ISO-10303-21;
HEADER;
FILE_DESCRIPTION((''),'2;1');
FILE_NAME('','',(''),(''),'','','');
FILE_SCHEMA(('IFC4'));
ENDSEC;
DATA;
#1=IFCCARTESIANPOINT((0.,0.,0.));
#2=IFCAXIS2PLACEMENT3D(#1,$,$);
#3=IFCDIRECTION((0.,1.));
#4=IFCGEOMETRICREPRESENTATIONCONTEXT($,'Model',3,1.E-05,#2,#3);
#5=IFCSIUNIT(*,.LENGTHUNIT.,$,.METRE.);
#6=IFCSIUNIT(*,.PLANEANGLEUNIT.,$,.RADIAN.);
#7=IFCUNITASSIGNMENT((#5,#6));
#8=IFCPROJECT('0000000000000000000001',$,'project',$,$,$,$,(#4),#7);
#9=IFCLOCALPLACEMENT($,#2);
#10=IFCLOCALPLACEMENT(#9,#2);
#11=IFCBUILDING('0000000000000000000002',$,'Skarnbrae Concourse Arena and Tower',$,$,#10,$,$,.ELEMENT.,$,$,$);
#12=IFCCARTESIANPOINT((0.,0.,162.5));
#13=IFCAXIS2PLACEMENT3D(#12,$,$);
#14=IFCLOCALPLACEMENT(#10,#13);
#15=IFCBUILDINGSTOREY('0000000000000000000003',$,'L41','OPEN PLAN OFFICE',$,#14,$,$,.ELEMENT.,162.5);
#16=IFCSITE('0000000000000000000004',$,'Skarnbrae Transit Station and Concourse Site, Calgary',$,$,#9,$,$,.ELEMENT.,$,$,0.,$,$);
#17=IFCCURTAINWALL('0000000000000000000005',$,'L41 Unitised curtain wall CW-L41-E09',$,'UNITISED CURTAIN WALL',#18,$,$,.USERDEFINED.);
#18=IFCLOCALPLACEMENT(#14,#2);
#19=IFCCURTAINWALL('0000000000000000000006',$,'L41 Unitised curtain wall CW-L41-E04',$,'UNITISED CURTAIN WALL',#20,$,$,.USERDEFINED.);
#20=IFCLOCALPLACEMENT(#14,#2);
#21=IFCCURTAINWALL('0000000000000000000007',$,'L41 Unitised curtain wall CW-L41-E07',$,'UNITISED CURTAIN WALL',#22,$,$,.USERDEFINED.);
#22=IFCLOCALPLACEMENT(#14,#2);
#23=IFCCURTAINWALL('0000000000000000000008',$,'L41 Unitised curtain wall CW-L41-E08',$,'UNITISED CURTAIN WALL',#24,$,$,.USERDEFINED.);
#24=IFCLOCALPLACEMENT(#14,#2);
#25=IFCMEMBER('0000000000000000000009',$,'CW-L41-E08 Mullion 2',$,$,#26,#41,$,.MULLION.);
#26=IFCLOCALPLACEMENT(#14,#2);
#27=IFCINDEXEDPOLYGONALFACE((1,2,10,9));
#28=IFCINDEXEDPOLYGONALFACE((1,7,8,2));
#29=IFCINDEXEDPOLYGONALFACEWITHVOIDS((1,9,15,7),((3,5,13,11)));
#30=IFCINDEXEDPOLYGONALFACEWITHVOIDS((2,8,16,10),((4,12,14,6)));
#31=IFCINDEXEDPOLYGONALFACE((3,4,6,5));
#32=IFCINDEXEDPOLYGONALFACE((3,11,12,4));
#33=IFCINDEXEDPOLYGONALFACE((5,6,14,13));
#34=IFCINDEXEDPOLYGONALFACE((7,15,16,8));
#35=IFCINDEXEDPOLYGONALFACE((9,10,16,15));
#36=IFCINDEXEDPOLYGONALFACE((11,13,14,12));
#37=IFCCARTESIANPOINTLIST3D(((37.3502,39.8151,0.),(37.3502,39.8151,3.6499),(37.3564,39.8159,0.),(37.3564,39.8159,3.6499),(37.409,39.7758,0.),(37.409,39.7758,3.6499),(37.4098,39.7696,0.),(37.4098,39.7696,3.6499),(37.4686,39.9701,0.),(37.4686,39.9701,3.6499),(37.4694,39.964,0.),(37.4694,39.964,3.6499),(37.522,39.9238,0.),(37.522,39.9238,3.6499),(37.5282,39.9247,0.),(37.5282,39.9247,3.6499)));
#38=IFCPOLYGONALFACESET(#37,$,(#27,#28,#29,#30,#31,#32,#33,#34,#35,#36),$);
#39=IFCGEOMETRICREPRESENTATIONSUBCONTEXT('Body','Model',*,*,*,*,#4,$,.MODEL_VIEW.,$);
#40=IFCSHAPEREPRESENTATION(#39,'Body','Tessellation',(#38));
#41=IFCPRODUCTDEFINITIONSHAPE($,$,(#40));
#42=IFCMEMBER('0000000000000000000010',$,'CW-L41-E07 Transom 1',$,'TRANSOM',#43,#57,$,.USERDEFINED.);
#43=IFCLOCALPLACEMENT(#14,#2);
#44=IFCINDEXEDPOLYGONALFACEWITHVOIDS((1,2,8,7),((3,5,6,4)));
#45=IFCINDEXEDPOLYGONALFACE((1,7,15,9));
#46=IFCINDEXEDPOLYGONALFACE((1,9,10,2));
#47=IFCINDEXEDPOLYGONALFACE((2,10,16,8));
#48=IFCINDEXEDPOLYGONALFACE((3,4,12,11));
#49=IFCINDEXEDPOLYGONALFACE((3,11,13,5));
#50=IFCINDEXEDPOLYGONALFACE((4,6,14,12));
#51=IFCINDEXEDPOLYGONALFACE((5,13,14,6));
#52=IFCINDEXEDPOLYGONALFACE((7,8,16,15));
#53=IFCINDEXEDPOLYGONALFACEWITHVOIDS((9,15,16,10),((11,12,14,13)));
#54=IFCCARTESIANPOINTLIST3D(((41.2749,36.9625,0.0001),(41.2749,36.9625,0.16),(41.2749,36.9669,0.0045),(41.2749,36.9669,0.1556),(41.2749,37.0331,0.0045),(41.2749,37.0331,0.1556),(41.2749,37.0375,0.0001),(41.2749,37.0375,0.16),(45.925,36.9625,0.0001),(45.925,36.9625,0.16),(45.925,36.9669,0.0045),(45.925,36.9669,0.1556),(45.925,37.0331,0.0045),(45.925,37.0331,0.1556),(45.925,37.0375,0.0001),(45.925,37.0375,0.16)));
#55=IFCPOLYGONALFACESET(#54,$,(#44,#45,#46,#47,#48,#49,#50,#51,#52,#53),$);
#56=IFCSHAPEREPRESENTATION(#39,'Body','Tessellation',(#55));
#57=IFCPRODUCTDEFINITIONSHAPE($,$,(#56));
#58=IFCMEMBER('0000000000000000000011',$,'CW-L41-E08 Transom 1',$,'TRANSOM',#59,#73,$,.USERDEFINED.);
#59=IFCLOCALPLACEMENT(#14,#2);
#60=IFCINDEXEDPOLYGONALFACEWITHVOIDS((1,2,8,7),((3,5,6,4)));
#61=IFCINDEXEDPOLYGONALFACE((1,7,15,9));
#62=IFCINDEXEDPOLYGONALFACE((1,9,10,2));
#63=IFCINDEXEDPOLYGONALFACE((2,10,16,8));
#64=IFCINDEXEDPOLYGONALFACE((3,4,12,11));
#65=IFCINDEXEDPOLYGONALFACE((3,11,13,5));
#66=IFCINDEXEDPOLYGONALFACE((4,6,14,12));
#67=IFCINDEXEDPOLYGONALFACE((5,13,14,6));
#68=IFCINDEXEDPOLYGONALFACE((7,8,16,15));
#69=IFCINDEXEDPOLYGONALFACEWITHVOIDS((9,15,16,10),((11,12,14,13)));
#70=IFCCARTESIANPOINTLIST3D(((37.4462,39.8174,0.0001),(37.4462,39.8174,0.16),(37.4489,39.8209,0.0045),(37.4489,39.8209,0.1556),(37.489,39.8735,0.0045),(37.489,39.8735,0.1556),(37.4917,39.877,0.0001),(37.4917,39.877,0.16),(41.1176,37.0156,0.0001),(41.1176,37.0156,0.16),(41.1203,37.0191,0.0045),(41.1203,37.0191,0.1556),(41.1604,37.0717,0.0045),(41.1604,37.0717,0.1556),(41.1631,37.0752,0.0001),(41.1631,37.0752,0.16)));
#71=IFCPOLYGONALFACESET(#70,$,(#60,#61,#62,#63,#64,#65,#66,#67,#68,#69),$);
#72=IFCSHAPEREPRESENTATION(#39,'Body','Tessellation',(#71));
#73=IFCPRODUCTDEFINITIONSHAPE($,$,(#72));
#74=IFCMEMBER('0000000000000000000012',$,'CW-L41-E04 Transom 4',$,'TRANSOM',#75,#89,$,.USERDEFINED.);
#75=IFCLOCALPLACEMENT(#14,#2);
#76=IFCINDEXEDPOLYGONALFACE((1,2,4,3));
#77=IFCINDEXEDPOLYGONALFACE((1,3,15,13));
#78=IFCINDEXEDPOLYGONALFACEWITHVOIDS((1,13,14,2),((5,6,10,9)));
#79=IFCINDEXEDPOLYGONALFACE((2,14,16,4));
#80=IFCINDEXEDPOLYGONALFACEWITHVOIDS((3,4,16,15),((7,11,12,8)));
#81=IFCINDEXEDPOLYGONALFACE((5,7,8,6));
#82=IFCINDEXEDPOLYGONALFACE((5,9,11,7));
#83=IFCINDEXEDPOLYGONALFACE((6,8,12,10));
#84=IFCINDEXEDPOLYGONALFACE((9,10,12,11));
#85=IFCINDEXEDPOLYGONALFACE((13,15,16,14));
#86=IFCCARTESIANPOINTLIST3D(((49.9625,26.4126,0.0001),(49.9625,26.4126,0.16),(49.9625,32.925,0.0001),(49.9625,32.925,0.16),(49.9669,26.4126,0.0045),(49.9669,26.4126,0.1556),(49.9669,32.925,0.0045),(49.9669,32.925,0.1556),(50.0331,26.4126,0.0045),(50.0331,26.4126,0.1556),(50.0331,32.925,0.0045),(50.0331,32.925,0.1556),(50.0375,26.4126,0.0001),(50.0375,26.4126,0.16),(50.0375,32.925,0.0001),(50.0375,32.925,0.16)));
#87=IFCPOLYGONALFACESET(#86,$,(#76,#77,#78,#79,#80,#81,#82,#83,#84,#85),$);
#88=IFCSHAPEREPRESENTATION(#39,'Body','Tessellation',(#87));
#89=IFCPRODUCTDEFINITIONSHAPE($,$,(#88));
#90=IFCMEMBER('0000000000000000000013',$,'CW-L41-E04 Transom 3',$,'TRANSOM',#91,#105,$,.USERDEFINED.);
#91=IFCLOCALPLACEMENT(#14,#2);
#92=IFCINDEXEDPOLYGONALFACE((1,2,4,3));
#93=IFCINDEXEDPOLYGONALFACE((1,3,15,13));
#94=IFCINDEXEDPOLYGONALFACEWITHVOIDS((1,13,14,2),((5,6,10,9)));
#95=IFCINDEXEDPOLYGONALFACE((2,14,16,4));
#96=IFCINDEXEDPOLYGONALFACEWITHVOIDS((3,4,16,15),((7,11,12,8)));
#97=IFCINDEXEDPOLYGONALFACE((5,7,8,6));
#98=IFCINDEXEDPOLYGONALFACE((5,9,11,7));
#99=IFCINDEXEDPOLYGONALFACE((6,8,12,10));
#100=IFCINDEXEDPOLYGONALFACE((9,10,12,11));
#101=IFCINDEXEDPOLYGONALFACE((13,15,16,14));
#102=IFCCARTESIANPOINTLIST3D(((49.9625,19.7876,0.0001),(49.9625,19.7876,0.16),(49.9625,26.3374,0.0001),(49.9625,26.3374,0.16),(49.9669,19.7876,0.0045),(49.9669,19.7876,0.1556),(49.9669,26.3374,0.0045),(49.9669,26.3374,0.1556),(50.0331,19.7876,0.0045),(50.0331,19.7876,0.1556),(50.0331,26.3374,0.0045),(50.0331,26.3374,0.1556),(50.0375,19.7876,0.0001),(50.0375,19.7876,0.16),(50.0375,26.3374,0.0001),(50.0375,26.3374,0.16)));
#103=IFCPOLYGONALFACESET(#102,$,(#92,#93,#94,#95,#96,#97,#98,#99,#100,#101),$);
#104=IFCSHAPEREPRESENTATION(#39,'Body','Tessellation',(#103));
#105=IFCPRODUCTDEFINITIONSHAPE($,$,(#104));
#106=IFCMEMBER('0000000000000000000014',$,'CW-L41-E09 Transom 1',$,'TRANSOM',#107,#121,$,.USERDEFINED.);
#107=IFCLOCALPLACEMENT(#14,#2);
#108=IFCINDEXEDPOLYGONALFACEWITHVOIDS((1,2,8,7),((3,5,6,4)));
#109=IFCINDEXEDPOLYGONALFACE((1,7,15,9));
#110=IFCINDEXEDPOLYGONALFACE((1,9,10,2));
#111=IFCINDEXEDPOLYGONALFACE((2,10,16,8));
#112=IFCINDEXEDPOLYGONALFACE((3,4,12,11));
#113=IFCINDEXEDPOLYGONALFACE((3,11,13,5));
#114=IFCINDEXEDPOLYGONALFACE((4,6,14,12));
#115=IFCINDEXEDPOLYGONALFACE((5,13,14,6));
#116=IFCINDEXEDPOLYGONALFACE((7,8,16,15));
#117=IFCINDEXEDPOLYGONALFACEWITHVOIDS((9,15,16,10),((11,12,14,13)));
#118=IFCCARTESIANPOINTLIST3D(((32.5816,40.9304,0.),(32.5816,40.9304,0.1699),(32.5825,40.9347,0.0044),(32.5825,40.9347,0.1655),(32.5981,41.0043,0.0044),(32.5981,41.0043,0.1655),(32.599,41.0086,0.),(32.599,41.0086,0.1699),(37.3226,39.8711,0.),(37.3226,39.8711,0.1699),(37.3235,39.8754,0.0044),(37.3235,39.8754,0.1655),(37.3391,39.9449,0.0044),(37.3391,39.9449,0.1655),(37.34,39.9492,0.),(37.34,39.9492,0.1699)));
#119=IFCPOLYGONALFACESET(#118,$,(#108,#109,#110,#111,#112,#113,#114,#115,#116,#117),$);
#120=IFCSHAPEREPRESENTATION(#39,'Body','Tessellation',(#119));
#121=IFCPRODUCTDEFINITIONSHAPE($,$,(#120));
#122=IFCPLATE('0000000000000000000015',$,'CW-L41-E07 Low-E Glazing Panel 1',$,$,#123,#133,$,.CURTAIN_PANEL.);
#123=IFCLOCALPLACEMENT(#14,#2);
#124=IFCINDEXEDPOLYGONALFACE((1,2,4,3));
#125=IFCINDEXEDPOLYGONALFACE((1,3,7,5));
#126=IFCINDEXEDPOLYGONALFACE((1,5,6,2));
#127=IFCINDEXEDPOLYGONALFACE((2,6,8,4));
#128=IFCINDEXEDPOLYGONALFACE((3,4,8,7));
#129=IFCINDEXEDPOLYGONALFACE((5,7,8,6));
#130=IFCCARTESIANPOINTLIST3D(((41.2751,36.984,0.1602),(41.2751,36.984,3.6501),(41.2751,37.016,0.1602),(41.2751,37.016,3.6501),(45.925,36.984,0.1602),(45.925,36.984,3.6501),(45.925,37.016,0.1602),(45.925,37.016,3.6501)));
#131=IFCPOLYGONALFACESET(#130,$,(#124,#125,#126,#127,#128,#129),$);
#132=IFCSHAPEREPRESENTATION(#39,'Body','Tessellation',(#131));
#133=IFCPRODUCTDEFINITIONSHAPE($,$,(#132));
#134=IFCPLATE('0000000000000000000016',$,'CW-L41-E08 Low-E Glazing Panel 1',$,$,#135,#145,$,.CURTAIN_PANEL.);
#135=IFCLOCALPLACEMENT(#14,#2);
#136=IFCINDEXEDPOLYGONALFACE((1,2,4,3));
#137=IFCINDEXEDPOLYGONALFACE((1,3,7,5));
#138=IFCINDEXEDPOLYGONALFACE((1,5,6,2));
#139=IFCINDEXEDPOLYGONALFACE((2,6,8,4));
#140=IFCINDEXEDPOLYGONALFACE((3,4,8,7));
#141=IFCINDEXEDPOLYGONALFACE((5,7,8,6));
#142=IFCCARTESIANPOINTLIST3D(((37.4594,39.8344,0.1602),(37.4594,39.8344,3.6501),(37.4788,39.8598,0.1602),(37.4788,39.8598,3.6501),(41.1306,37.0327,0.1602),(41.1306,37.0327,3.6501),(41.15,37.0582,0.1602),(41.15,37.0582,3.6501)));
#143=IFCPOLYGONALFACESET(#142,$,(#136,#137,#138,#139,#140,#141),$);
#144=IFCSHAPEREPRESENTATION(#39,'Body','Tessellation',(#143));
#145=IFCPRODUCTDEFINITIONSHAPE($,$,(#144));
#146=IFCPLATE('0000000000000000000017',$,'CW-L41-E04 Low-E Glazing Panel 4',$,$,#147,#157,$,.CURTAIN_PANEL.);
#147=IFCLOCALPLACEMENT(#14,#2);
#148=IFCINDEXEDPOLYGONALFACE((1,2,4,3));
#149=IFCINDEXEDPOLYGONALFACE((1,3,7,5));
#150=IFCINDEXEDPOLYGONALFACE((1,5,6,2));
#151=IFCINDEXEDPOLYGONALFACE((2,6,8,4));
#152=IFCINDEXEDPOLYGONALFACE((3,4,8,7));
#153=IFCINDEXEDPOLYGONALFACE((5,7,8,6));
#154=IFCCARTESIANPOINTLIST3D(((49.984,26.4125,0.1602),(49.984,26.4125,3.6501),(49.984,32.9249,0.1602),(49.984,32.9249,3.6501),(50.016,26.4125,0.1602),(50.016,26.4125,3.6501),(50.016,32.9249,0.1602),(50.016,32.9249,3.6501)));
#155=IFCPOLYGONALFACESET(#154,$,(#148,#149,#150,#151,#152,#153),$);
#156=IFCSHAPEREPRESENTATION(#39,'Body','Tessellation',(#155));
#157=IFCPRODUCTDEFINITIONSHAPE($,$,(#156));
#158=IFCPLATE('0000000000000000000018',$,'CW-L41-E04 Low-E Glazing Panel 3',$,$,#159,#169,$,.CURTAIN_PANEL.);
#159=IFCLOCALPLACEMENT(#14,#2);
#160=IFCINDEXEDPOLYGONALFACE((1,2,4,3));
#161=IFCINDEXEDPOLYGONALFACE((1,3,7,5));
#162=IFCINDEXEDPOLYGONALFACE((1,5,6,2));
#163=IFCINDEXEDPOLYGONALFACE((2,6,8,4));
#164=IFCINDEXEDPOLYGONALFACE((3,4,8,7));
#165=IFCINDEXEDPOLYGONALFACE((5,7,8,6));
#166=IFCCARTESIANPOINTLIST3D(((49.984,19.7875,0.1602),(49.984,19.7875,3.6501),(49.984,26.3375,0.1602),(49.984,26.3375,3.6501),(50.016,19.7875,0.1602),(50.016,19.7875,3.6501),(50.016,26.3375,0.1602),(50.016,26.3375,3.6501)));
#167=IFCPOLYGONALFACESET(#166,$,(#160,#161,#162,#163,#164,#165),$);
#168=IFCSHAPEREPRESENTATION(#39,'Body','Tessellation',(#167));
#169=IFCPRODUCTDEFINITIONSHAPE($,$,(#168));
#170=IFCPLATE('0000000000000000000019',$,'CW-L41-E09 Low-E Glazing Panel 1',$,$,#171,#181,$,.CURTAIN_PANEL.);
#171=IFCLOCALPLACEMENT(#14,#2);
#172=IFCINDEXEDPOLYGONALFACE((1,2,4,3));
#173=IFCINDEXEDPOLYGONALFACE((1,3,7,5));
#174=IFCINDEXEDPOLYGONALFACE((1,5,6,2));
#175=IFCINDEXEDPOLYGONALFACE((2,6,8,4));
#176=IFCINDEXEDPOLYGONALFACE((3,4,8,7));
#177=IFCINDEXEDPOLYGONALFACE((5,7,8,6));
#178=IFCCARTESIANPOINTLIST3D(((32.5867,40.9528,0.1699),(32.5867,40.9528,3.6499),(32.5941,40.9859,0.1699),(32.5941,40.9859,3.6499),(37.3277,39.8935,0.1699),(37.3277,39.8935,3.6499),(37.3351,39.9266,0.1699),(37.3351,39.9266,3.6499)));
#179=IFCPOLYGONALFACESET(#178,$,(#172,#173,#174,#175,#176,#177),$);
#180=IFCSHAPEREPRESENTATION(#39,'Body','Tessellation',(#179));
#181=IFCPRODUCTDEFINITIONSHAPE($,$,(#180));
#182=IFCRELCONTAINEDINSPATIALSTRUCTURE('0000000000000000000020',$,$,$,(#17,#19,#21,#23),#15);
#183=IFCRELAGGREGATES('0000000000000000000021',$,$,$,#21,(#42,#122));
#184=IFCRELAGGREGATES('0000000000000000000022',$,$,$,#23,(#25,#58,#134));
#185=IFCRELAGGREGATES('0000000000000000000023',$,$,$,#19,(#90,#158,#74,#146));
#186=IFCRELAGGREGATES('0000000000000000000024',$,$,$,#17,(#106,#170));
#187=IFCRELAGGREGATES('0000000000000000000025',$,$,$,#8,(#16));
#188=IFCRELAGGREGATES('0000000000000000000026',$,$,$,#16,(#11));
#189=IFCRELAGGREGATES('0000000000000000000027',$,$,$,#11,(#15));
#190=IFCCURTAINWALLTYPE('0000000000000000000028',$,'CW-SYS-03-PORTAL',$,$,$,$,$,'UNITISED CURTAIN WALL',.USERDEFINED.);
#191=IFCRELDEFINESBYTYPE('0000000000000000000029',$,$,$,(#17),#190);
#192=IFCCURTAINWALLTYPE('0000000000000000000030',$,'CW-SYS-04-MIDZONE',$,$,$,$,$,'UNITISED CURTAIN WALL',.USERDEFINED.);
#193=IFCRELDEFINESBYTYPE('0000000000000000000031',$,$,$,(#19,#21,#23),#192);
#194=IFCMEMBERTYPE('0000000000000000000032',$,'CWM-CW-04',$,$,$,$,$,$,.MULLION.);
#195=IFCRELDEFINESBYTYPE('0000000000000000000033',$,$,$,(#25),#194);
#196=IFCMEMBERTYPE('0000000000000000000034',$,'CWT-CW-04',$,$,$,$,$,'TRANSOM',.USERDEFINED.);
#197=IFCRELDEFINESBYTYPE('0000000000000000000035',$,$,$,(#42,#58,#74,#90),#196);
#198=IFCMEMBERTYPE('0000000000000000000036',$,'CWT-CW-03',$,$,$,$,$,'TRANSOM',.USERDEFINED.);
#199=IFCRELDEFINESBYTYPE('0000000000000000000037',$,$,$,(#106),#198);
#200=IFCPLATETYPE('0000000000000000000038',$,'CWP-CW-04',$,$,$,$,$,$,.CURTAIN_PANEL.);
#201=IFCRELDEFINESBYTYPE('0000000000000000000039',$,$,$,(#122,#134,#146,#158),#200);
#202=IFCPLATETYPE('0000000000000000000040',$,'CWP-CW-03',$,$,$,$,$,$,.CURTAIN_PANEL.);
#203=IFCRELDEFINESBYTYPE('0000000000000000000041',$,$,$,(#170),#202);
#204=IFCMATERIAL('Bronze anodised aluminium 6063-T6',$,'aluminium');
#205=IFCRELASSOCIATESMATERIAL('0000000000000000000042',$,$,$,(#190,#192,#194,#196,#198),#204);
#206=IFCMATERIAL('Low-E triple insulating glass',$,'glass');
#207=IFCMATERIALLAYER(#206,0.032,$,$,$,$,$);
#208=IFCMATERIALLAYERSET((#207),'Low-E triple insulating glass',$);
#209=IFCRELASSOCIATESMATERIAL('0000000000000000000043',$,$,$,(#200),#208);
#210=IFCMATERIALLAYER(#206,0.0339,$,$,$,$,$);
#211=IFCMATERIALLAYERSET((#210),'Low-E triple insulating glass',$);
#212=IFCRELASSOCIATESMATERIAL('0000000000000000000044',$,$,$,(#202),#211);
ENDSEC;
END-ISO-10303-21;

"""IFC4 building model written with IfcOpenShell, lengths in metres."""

from ifc_helpers import new_model, si_unit, direction, frame, origin, origin_2d, place, context, subcontext, project, spatial, rectangle, hollow_rectangle, extrude, source, transform, mapped, material, layer, layer_set, material_profile, profile_set, type_object, element, aggregate, save


model = new_model("IFC4")

# Units and contexts
model_context = context("Model", 3, precision=1e-05, world=origin(), true_north=direction((0.0, 1.0)))
body_context = subcontext(model_context, "Body", "Model", "MODEL_VIEW")
ifc_project = project(units=[si_unit("LENGTHUNIT", "METRE"), si_unit("PLANEANGLEUNIT", "RADIAN")], contexts=[model_context])

# Site, building, storey
site_placement = place(None, origin())
site = spatial("IfcSite", under=ifc_project, at=site_placement, Name="Skarnbrae Transit Station and Concourse Site, Calgary", CompositionType="ELEMENT", RefElevation=0.0)
building_placement = place(site_placement, origin())
building = spatial("IfcBuilding", under=site, at=building_placement, Name="Skarnbrae Concourse Arena and Tower", CompositionType="ELEMENT")
storey_placement = place(building_placement, frame((0.0, 0.0, 162.5)))
storey = spatial("IfcBuildingStorey", under=building, at=storey_placement, Name="L41", Description="OPEN PLAN OFFICE", CompositionType="ELEMENT", Elevation=162.5)

# Curtain wall
ifc_material_1 = material(Name="Bronze anodised aluminium 6063-T6", Category="aluminium")
curtain_wall_type_1 = type_object("IfcCurtainWallType", Name="CW-SYS-03-PORTAL", ElementType="UNITISED CURTAIN WALL", PredefinedType="USERDEFINED", material=ifc_material_1)
curtain_wall_1_placement = place(storey_placement, origin())
curtain_wall_1 = element("IfcCurtainWall", 1, at=curtain_wall_1_placement, inside=storey, type_object=curtain_wall_type_1, Name="L41 Unitised curtain wall CW-L41-E09", ObjectType="UNITISED CURTAIN WALL", PredefinedType="USERDEFINED")

# Curtain walls, member
curtain_wall_type_2 = type_object("IfcCurtainWallType", Name="CW-SYS-04-MIDZONE", ElementType="UNITISED CURTAIN WALL", PredefinedType="USERDEFINED", material=ifc_material_1)
curtain_wall_2_placement = place(storey_placement, origin())
curtain_wall_2 = element("IfcCurtainWall", 2, at=curtain_wall_2_placement, inside=storey, type_object=curtain_wall_type_2, Name="L41 Unitised curtain wall CW-L41-E04", ObjectType="UNITISED CURTAIN WALL", PredefinedType="USERDEFINED")
ifc_material_profile_1 = material_profile(ifc_material_1, hollow_rectangle(XDim=0.075, YDim=0.1951, WallThickness=0.0044, at=origin_2d()), Name="ALU-MULL-75X195")
ifc_profile_set_1 = profile_set([ifc_material_profile_1], Name="Bronze anodised aluminium 6063-T6")
member_type_1 = type_object("IfcMemberType", Name="CWM-CW-04", PredefinedType="MULLION", material=ifc_profile_set_1)
shared_shape_1 = source(origin(), body_context, "Body", "SweptSolid", [
    extrude(hollow_rectangle(XDim=0.075, YDim=0.1951, WallThickness=0.0044, at=origin_2d()), origin(), (0.0, 0.0, 1.0), 3.6499),
])
curtain_wall_3_placement = place(storey_placement, origin())
curtain_wall_3 = element("IfcCurtainWall", 3, at=curtain_wall_3_placement, inside=storey, type_object=curtain_wall_type_2, Name="L41 Unitised curtain wall CW-L41-E07", ObjectType="UNITISED CURTAIN WALL", PredefinedType="USERDEFINED")
curtain_wall_4_placement = place(storey_placement, origin())
curtain_wall_4 = element("IfcCurtainWall", 4, at=curtain_wall_4_placement, inside=storey, type_object=curtain_wall_type_2, Name="L41 Unitised curtain wall CW-L41-E08", ObjectType="UNITISED CURTAIN WALL", PredefinedType="USERDEFINED")
member_1_placement = place(storey_placement, frame((37.4392, 39.8699, 0.0), z_axis=(0.0, 0.0, 1.0), x_axis=(-0.794956, 0.606667, 0.0)))
member_1 = element("IfcMember", 5, at=member_1_placement, type_object=member_type_1, Name="CW-L41-E08 Mullion 2", PredefinedType="MULLION", context=body_context, shape_type="MappedRepresentation", body=[
    mapped(shared_shape_1, transform((0.0, 0.0, 0.0))),
])

# Members
ifc_material_profile_2 = material_profile(ifc_material_1, hollow_rectangle(XDim=0.075, YDim=0.1599, WallThickness=0.0044, at=origin_2d()), Name="ALU-TRAN-75X160")
ifc_profile_set_2 = profile_set([ifc_material_profile_2], Name="Bronze anodised aluminium 6063-T6")
member_type_2 = type_object("IfcMemberType", Name="CWT-CW-04", ElementType="TRANSOM", PredefinedType="USERDEFINED", material=ifc_profile_set_2)
shared_shape_2 = source(origin(), body_context, "Body", "SweptSolid", [
    extrude(hollow_rectangle(XDim=0.075, YDim=0.1599, WallThickness=0.0044, at=origin_2d()), origin(), (0.0, 0.0, 1.0), 4.6501),
])
member_2_placement = place(storey_placement, frame((45.925, 37.0, 0.0801), z_axis=(-1.0, 0.0, 0.0), x_axis=(0.0, -1.0, 0.0)))
member_2 = element("IfcMember", 6, at=member_2_placement, type_object=member_type_2, Name="CW-L41-E07 Transom 1", ObjectType="TRANSOM", PredefinedType="USERDEFINED", context=body_context, shape_type="MappedRepresentation", body=[
    mapped(shared_shape_2, transform((0.0, 0.0, 0.0))),
])
shared_shape_3 = source(origin(), body_context, "Body", "SweptSolid", [
    extrude(hollow_rectangle(XDim=0.075, YDim=0.1599, WallThickness=0.0044, at=origin_2d()), origin(), (0.0, 0.0, 1.0), 4.6184),
])
member_3_placement = place(storey_placement, frame((41.1404, 37.0454, 0.0801), z_axis=(-0.794961, 0.606661, 0.0), x_axis=(-0.606661, -0.794961, 0.0)))
member_3 = element("IfcMember", 7, at=member_3_placement, type_object=member_type_2, Name="CW-L41-E08 Transom 1", ObjectType="TRANSOM", PredefinedType="USERDEFINED", context=body_context, shape_type="MappedRepresentation", body=[
    mapped(shared_shape_3, transform((0.0, 0.0, 0.0))),
])
shared_shape_4 = source(origin(), body_context, "Body", "SweptSolid", [
    extrude(hollow_rectangle(XDim=0.075, YDim=0.1599, WallThickness=0.0044, at=origin_2d()), origin(), (0.0, 0.0, 1.0), 6.5125),
])
member_4_placement = place(storey_placement, frame((50.0, 26.4126, 0.0801), z_axis=(0.0, 1.0, 0.0), x_axis=(-1.0, 0.0, 0.0)))
member_4 = element("IfcMember", 8, at=member_4_placement, type_object=member_type_2, Name="CW-L41-E04 Transom 4", ObjectType="TRANSOM", PredefinedType="USERDEFINED", context=body_context, shape_type="MappedRepresentation", body=[
    mapped(shared_shape_4, transform((0.0, 0.0, 0.0))),
])
shared_shape_5 = source(origin(), body_context, "Body", "SweptSolid", [
    extrude(hollow_rectangle(XDim=0.075, YDim=0.1599, WallThickness=0.0044, at=origin_2d()), origin(), (0.0, 0.0, 1.0), 6.5498),
])
member_5_placement = place(storey_placement, frame((50.0, 19.7876, 0.0801), z_axis=(0.0, 1.0, 0.0), x_axis=(-1.0, 0.0, 0.0)))
member_5 = element("IfcMember", 9, at=member_5_placement, type_object=member_type_2, Name="CW-L41-E04 Transom 3", ObjectType="TRANSOM", PredefinedType="USERDEFINED", context=body_context, shape_type="MappedRepresentation", body=[
    mapped(shared_shape_5, transform((0.0, 0.0, 0.0))),
])
ifc_material_profile_3 = material_profile(ifc_material_1, hollow_rectangle(XDim=0.0801, YDim=0.1699, WallThickness=0.0044, at=origin_2d()), Name="ALU-TRAN-80X170")
ifc_profile_set_3 = profile_set([ifc_material_profile_3], Name="Bronze anodised aluminium 6063-T6")
member_type_3 = type_object("IfcMemberType", Name="CWT-CW-03", ElementType="TRANSOM", PredefinedType="USERDEFINED", material=ifc_profile_set_3)
shared_shape_6 = source(origin(), body_context, "Body", "SweptSolid", [
    extrude(hollow_rectangle(XDim=0.0801, YDim=0.1699, WallThickness=0.0044, at=origin_2d()), origin(), (0.0, 0.0, 1.0), 4.8579),
])
member_6_placement = place(storey_placement, frame((37.3313, 39.9102, 0.085), z_axis=(-0.975935, 0.218064, 0.0), x_axis=(-0.218064, -0.975935, 0.0)))
member_6 = element("IfcMember", 10, at=member_6_placement, type_object=member_type_3, Name="CW-L41-E09 Transom 1", ObjectType="TRANSOM", PredefinedType="USERDEFINED", context=body_context, shape_type="MappedRepresentation", body=[
    mapped(shared_shape_6, transform((0.0, 0.0, 0.0))),
])

# Plates
ifc_material_2 = material(Name="Low-E triple insulating glass", Category="glass")
ifc_layer_1 = layer(ifc_material_2, 0.032)
ifc_layer_set_1 = layer_set([ifc_layer_1], Name="Low-E triple insulating glass")
plate_type_1 = type_object("IfcPlateType", Name="CWP-CW-04", PredefinedType="CURTAIN_PANEL", material=ifc_layer_set_1)
shared_shape_7 = source(origin(), body_context, "Body", "SweptSolid", [
    extrude(rectangle(XDim=4.6499, YDim=0.032, at=origin_2d()), origin(), (0.0, 0.0, 1.0), 3.49),
])
plate_1_placement = place(storey_placement, frame((43.6001, 37.0, 0.1602), z_axis=(0.0, 0.0, 1.0), x_axis=(-1.0, 0.0, 0.0)))
plate_1 = element("IfcPlate", 11, at=plate_1_placement, type_object=plate_type_1, Name="CW-L41-E07 Low-E Glazing Panel 1", PredefinedType="CURTAIN_PANEL", context=body_context, shape_type="MappedRepresentation", body=[
    mapped(shared_shape_7, transform((0.0, 0.0, 0.0))),
])
aggregate(curtain_wall_3, [member_2, plate_1])
shared_shape_8 = source(origin(), body_context, "Body", "SweptSolid", [
    extrude(rectangle(XDim=4.6182, YDim=0.032, at=origin_2d()), origin(), (0.0, 0.0, 1.0), 3.49),
])
plate_2_placement = place(storey_placement, frame((39.3047, 38.4463, 0.1602), z_axis=(0.0, 0.0, 1.0), x_axis=(-0.794956, 0.606667, 0.0)))
plate_2 = element("IfcPlate", 12, at=plate_2_placement, type_object=plate_type_1, Name="CW-L41-E08 Low-E Glazing Panel 1", PredefinedType="CURTAIN_PANEL", context=body_context, shape_type="MappedRepresentation", body=[
    mapped(shared_shape_8, transform((0.0, 0.0, 0.0))),
])
aggregate(curtain_wall_4, [member_1, member_3, plate_2])
shared_shape_9 = source(origin(), body_context, "Body", "SweptSolid", [
    extrude(rectangle(XDim=6.5125, YDim=0.032, at=origin_2d()), origin(), (0.0, 0.0, 1.0), 3.49),
])
plate_3_placement = place(storey_placement, frame((50.0, 29.6687, 0.1602), z_axis=(0.0, 0.0, 1.0), x_axis=(0.0, 1.0, 0.0)))
plate_3 = element("IfcPlate", 13, at=plate_3_placement, type_object=plate_type_1, Name="CW-L41-E04 Low-E Glazing Panel 4", PredefinedType="CURTAIN_PANEL", context=body_context, shape_type="MappedRepresentation", body=[
    mapped(shared_shape_9, transform((0.0, 0.0, 0.0))),
])
shared_shape_10 = source(origin(), body_context, "Body", "SweptSolid", [
    extrude(rectangle(XDim=6.55, YDim=0.032, at=origin_2d()), origin(), (0.0, 0.0, 1.0), 3.49),
])
plate_4_placement = place(storey_placement, frame((50.0, 23.0625, 0.1602), z_axis=(0.0, 0.0, 1.0), x_axis=(0.0, 1.0, 0.0)))
plate_4 = element("IfcPlate", 14, at=plate_4_placement, type_object=plate_type_1, Name="CW-L41-E04 Low-E Glazing Panel 3", PredefinedType="CURTAIN_PANEL", context=body_context, shape_type="MappedRepresentation", body=[
    mapped(shared_shape_10, transform((0.0, 0.0, 0.0))),
])
aggregate(curtain_wall_2, [member_5, plate_4, member_4, plate_3])
ifc_layer_2 = layer(ifc_material_2, 0.0339)
ifc_layer_set_2 = layer_set([ifc_layer_2], Name="Low-E triple insulating glass")
plate_type_2 = type_object("IfcPlateType", Name="CWP-CW-03", PredefinedType="CURTAIN_PANEL", material=ifc_layer_set_2)
shared_shape_11 = source(origin(), body_context, "Body", "SweptSolid", [
    extrude(rectangle(XDim=4.8579, YDim=0.0339, at=origin_2d()), origin(), (0.0, 0.0, 1.0), 3.48),
])
plate_5_placement = place(storey_placement, frame((34.9609, 40.4397, 0.1699), z_axis=(0.0, 0.0, 1.0), x_axis=(-0.975936, 0.218056, 0.0)))
plate_5 = element("IfcPlate", 15, at=plate_5_placement, type_object=plate_type_2, Name="CW-L41-E09 Low-E Glazing Panel 1", PredefinedType="CURTAIN_PANEL", context=body_context, shape_type="MappedRepresentation", body=[
    mapped(shared_shape_11, transform((0.0, 0.0, 0.0))),
])
aggregate(curtain_wall_1, [member_6, plate_5])

save(model, "model.ifc")
